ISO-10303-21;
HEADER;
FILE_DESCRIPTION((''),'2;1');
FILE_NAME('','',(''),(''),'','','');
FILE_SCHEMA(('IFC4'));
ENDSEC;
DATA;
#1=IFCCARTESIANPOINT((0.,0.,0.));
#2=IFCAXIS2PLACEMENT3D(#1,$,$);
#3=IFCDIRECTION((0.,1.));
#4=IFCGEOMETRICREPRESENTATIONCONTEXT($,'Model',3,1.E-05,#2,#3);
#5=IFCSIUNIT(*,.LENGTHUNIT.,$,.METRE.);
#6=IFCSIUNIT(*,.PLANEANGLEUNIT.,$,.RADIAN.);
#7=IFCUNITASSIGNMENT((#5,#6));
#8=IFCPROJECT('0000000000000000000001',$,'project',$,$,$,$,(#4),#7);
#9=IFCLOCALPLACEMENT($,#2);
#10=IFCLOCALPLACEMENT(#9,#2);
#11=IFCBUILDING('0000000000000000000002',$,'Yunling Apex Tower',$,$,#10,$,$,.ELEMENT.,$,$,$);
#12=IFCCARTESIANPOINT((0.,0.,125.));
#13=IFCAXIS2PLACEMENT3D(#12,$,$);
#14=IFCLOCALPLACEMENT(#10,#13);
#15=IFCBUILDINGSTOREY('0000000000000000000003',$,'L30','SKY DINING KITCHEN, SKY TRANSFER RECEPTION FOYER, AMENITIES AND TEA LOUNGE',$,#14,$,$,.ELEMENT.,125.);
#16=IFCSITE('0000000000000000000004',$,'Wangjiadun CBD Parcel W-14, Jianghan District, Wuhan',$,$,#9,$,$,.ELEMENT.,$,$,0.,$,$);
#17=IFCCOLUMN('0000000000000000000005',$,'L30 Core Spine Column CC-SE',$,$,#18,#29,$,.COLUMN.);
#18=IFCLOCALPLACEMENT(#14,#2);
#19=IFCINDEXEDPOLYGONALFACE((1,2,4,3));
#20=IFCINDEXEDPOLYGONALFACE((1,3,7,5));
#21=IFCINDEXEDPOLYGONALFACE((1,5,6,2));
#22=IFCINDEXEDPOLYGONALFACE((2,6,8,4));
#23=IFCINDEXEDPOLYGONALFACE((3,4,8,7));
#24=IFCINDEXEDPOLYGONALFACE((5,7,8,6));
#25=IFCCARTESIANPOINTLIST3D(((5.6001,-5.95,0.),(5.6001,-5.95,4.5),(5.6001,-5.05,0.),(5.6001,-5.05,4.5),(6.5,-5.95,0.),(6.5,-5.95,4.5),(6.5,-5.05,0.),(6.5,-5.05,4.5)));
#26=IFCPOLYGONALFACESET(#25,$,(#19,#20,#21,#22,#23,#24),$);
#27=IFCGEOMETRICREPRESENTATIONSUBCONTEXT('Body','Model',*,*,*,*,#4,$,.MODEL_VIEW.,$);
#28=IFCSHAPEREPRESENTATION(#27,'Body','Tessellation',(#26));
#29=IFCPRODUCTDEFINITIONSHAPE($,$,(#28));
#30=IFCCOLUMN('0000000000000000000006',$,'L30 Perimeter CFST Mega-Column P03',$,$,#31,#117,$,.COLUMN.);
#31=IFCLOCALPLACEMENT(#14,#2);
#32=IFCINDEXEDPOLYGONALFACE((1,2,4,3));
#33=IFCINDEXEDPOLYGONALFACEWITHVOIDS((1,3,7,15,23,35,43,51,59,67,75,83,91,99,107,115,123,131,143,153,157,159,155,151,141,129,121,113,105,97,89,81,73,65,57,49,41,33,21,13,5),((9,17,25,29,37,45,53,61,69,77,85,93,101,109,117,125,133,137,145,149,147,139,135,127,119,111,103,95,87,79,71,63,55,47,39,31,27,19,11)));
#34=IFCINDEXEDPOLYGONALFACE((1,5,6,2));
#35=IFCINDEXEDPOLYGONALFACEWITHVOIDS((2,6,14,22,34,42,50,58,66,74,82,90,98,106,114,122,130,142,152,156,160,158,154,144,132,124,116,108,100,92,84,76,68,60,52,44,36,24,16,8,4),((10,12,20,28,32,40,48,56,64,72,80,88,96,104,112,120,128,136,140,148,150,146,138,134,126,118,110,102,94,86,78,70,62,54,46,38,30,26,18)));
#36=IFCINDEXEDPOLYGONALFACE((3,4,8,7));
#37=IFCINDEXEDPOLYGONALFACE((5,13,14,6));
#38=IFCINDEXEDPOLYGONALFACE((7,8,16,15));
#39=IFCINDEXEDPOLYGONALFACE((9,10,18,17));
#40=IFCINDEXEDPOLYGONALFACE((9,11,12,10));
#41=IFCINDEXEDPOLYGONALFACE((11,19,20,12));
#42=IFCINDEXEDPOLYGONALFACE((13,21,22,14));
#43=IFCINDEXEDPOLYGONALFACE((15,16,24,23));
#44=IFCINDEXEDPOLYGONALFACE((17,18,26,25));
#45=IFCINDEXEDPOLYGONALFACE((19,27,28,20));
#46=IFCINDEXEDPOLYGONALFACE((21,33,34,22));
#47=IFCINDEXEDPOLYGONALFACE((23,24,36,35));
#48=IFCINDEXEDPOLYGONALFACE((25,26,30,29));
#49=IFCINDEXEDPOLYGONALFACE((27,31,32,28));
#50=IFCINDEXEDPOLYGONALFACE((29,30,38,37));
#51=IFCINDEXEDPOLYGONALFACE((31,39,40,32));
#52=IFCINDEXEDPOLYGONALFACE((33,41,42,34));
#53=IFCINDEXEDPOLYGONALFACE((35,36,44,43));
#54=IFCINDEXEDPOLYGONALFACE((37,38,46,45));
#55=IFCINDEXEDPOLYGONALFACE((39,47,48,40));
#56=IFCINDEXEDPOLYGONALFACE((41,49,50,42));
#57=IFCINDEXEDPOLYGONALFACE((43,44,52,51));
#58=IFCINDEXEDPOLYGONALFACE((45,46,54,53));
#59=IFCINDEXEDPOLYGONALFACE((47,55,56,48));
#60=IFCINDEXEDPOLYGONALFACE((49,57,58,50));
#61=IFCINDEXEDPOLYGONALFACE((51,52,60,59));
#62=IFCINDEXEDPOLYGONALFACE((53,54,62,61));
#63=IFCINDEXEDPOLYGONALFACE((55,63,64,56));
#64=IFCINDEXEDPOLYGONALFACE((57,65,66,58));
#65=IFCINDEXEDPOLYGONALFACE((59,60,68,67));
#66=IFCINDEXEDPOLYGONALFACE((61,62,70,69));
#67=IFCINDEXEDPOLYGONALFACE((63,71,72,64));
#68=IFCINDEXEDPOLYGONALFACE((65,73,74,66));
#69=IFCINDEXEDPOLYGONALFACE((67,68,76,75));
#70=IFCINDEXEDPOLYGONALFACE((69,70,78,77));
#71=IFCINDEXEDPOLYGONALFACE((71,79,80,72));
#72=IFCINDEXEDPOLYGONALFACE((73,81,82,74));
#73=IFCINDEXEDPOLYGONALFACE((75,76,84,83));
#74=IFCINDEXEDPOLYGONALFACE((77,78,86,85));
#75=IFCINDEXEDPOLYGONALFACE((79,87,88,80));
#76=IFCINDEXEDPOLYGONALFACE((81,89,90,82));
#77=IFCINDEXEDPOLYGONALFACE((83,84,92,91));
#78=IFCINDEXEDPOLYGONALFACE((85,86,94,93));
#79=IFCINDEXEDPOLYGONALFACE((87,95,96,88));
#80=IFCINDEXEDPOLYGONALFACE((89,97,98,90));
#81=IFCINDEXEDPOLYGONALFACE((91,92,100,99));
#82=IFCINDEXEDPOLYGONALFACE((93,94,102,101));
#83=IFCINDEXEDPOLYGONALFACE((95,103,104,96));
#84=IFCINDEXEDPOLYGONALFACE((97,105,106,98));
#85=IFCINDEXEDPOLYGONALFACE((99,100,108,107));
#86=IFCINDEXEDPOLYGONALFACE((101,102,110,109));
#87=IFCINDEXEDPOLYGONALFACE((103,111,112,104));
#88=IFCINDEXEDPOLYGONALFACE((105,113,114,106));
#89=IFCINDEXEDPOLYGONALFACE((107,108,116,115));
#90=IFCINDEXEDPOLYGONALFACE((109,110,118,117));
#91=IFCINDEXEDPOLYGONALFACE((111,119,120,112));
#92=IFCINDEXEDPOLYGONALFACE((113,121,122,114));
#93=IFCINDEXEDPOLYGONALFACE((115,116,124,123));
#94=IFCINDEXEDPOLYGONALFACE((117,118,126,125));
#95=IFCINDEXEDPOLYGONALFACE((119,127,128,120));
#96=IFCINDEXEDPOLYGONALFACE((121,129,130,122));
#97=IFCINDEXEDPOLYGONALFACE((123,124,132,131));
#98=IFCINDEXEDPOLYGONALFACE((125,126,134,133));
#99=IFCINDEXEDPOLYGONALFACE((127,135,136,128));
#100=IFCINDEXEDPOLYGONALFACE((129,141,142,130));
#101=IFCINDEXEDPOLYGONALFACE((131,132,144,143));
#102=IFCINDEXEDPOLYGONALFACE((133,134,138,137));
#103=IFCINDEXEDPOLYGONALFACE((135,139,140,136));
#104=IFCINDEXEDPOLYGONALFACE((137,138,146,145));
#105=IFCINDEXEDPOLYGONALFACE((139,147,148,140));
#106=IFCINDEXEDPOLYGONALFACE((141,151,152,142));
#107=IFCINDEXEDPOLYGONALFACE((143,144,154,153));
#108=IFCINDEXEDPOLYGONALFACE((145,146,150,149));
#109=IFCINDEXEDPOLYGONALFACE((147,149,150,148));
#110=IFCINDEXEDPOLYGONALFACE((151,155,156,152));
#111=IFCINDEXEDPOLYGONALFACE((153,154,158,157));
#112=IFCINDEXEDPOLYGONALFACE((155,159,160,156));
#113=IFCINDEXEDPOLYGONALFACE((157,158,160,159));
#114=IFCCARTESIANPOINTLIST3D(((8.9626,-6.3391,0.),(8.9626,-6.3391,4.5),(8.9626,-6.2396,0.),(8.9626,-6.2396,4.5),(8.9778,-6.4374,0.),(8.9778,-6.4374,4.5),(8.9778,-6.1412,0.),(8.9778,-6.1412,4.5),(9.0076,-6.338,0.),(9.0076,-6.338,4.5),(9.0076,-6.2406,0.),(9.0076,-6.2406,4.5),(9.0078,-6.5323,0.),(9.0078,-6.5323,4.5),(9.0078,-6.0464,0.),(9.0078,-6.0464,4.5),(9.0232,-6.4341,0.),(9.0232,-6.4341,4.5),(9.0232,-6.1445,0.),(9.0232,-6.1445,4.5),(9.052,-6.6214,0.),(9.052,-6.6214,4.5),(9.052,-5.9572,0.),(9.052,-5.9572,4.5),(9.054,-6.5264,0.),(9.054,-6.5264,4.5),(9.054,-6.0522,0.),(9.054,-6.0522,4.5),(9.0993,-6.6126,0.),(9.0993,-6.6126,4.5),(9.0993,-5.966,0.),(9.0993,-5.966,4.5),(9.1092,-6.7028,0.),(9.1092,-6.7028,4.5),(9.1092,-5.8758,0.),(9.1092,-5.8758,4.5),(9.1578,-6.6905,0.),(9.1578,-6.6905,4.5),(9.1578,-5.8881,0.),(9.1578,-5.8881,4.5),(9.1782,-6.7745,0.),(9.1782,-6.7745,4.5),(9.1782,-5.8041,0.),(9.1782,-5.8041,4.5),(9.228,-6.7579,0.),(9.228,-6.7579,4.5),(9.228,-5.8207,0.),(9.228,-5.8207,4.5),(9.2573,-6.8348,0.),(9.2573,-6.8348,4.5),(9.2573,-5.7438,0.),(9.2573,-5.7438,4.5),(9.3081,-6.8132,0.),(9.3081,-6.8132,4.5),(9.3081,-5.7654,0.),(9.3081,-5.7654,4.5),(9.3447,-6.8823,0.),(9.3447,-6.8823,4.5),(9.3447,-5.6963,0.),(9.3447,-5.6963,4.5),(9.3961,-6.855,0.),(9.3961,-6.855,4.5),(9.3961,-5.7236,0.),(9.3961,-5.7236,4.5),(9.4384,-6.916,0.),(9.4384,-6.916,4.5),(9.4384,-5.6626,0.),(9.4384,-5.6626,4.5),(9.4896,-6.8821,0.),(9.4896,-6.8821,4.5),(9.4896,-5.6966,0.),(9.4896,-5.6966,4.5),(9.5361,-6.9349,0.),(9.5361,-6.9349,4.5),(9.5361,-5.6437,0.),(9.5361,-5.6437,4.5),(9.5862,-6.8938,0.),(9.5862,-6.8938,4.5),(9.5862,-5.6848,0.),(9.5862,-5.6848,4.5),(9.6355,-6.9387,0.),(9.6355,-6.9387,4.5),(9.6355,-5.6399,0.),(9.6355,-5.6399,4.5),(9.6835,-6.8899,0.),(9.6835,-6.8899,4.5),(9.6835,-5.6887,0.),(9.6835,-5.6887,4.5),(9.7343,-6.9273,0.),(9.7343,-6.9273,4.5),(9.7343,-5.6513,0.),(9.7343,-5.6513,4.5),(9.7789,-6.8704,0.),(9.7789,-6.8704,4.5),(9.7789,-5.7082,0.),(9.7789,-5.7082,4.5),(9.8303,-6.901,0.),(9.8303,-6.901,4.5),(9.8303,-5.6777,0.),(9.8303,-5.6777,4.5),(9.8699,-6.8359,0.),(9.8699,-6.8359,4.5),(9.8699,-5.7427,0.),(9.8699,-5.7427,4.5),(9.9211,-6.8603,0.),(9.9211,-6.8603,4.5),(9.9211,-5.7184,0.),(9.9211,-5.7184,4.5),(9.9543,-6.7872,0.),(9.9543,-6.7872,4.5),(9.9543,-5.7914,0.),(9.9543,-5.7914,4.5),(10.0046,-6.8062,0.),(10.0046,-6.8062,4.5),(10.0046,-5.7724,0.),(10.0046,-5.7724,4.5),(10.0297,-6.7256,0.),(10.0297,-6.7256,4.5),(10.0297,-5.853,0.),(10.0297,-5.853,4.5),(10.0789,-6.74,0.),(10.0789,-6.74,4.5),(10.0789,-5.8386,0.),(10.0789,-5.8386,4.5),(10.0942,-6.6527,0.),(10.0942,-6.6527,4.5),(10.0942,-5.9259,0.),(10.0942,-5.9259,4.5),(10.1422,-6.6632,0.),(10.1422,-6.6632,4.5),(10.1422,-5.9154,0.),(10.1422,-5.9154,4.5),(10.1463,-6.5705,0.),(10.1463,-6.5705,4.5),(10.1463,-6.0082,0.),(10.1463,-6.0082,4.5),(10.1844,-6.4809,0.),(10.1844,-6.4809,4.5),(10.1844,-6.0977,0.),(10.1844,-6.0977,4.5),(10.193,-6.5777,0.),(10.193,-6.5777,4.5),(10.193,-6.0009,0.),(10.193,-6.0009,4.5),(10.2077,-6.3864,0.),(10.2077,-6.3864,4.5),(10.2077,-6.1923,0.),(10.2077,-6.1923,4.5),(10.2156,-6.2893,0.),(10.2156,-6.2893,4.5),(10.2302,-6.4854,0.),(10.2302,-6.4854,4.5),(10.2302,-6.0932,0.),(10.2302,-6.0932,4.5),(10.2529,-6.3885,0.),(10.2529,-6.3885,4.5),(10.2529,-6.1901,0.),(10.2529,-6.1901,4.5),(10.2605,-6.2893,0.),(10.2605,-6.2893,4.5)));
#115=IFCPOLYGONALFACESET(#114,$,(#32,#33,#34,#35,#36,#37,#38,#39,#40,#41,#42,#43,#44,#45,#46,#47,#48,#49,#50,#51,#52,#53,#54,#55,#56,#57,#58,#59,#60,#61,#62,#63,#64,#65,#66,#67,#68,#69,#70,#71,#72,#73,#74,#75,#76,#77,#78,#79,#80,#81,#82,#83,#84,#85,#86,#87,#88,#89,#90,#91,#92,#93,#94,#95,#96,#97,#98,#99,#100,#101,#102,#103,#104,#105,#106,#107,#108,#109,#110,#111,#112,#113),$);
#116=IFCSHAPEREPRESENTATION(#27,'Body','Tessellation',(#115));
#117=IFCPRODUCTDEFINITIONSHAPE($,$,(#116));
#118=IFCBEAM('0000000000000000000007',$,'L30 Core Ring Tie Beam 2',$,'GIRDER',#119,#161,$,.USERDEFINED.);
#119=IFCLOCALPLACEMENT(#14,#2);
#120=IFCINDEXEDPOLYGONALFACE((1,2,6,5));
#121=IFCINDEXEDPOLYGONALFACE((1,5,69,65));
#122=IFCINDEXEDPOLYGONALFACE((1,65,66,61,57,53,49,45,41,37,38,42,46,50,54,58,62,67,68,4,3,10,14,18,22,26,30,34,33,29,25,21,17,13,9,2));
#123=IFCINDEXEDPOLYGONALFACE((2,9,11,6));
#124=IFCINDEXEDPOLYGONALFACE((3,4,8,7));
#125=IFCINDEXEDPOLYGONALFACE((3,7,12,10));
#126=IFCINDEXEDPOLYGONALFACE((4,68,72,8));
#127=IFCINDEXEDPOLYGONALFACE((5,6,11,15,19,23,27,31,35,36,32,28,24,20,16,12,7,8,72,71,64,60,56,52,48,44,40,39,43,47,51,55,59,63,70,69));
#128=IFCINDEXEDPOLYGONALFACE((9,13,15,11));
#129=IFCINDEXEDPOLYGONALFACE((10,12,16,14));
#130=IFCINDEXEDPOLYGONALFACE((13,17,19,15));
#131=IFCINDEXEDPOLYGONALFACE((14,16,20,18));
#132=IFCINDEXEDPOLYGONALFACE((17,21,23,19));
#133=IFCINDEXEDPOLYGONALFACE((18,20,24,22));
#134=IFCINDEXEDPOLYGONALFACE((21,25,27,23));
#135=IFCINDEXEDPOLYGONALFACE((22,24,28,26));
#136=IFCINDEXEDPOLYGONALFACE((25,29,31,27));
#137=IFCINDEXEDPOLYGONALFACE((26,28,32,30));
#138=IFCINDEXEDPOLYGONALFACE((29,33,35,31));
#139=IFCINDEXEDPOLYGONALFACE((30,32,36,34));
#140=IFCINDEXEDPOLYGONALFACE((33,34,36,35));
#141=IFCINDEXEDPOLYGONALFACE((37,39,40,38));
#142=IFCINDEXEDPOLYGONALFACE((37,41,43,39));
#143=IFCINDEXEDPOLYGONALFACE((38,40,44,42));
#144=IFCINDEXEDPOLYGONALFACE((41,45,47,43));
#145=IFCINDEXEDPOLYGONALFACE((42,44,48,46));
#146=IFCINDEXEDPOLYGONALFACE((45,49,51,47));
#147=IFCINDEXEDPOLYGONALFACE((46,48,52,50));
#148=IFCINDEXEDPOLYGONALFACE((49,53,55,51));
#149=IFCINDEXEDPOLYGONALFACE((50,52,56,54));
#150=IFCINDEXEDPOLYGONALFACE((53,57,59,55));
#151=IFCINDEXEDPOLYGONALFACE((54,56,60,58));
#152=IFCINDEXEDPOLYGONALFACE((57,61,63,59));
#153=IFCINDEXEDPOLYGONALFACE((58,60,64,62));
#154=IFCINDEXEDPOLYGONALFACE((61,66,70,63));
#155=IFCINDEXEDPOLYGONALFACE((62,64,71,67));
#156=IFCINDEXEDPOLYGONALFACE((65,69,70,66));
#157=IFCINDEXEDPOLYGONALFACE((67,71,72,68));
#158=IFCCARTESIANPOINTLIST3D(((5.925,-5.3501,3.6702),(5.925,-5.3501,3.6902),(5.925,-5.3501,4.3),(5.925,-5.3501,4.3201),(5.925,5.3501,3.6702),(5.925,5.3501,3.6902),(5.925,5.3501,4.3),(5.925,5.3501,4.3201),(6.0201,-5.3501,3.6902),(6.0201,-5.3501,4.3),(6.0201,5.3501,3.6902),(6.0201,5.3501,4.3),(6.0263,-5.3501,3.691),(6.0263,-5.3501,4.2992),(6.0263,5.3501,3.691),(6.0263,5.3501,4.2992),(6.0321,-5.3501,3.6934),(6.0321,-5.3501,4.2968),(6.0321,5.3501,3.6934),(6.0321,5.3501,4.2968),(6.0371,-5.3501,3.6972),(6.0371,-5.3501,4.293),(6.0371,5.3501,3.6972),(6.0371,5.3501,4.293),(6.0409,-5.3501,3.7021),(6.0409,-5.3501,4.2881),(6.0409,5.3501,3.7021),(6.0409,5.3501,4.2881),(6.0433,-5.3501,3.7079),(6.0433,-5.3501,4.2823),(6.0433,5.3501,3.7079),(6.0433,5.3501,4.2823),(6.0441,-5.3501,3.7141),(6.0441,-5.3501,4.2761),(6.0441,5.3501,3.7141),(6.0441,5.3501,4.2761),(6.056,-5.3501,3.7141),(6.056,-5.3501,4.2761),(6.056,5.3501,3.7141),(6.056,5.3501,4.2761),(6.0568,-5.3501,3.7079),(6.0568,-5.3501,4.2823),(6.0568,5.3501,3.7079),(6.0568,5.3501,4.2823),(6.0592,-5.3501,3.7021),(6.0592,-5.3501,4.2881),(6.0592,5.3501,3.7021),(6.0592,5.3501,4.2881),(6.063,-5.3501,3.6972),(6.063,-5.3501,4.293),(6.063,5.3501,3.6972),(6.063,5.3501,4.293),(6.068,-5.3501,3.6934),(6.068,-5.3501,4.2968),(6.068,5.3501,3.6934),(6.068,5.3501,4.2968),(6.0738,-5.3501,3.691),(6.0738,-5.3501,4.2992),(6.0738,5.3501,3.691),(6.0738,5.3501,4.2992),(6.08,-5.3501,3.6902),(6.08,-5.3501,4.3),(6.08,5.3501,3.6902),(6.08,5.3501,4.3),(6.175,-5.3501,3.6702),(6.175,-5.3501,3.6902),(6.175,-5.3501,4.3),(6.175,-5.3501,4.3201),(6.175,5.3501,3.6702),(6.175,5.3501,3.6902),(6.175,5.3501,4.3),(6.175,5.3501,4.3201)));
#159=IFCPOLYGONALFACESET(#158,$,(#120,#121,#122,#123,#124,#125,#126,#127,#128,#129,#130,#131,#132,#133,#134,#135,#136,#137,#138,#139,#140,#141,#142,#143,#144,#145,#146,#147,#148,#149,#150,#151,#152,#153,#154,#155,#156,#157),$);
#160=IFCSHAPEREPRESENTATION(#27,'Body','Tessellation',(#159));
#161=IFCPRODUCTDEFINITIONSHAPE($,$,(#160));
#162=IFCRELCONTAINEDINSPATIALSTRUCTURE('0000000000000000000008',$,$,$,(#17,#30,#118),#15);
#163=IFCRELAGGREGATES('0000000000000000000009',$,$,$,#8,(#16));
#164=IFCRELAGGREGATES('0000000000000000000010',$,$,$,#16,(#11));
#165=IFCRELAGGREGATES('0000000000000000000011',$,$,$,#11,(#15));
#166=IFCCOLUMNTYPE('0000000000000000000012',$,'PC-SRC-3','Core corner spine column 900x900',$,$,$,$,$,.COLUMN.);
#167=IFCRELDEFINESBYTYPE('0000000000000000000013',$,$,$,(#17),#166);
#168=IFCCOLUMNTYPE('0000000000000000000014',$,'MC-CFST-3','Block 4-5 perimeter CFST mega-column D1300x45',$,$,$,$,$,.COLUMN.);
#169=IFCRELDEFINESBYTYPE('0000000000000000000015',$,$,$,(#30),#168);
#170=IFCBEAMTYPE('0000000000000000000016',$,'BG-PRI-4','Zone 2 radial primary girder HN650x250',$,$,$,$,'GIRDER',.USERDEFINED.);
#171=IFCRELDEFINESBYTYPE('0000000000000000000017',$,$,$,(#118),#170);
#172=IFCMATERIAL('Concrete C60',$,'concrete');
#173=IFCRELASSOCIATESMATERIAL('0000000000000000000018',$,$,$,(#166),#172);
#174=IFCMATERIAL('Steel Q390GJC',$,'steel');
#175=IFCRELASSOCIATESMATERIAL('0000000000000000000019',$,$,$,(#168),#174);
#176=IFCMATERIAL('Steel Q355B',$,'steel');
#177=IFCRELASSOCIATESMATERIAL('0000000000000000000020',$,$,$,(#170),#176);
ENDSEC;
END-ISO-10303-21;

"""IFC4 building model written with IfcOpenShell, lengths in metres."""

from ifc_helpers import new_model, si_unit, direction, frame, origin, origin_2d, place, context, subcontext, project, spatial, rectangle, hollow_circle, i_section, extrude, source, transform, mapped, material, material_profile, profile_set, type_object, element, save


model = new_model("IFC4")

# Units and contexts
model_context = context("Model", 3, precision=1e-05, world=origin(), true_north=direction((0.0, 1.0)))
body_context = subcontext(model_context, "Body", "Model", "MODEL_VIEW")
ifc_project = project(units=[si_unit("LENGTHUNIT", "METRE"), si_unit("PLANEANGLEUNIT", "RADIAN")], contexts=[model_context])

# Site, building, storey
site_placement = place(None, origin())
site = spatial("IfcSite", under=ifc_project, at=site_placement, Name="Wangjiadun CBD Parcel W-14, Jianghan District, Wuhan", CompositionType="ELEMENT", RefElevation=0.0)
building_placement = place(site_placement, origin())
building = spatial("IfcBuilding", under=site, at=building_placement, Name="Yunling Apex Tower", CompositionType="ELEMENT")
storey_placement = place(building_placement, frame((0.0, 0.0, 125.0)))
storey = spatial("IfcBuildingStorey", under=building, at=storey_placement, Name="L30", Description="SKY DINING KITCHEN, SKY TRANSFER RECEPTION FOYER, AMENITIES AND TEA LOUNGE", CompositionType="ELEMENT", Elevation=125.0)

# Columns
ifc_material_1 = material(Name="Concrete C60", Category="concrete")
ifc_material_profile_1 = material_profile(ifc_material_1, rectangle(XDim=0.8999, YDim=0.8999, at=origin_2d()))
ifc_profile_set_1 = profile_set([ifc_material_profile_1], Name="Concrete C60")
column_type_1 = type_object("IfcColumnType", Name="PC-SRC-3", Description="Core corner spine column 900x900", PredefinedType="COLUMN", material=ifc_profile_set_1)
shared_shape_1 = source(origin(), body_context, "Body", "SweptSolid", [
    extrude(rectangle(XDim=0.8999, YDim=0.8999, at=origin_2d()), origin(), (0.0, 0.0, 1.0), 4.5),
])
column_1_placement = place(storey_placement, frame((6.05, -5.5, 0.0), z_axis=(0.0, 0.0, 1.0), x_axis=(1.0, 0.0, 0.0)))
element("IfcColumn", 1, at=column_1_placement, inside=storey, type_object=column_type_1, Name="L30 Core Spine Column CC-SE", PredefinedType="COLUMN", context=body_context, shape_type="MappedRepresentation", body=[
    mapped(shared_shape_1, transform((0.0, 0.0, 0.0), scale=1.0)),
])
ifc_material_2 = material(Name="Steel Q390GJC", Category="steel")
ifc_material_profile_2 = material_profile(ifc_material_2, hollow_circle(Radius=0.6499, WallThickness=0.0449, at=origin_2d()))
ifc_profile_set_2 = profile_set([ifc_material_profile_2], Name="Steel Q390GJC")
column_type_2 = type_object("IfcColumnType", Name="MC-CFST-3", Description="Block 4-5 perimeter CFST mega-column D1300x45", PredefinedType="COLUMN", material=ifc_profile_set_2)
shared_shape_2 = source(origin(), body_context, "Body", "SweptSolid", [
    extrude(hollow_circle(Radius=0.6499, WallThickness=0.0449, at=origin_2d()), origin(), (0.0, 0.0, 1.0), 4.5),
])
column_2_placement = place(storey_placement, frame((9.6106, -6.2893, 0.0), z_axis=(0.0, 0.0, 1.0), x_axis=(1.0, 0.0, 0.0)))
element("IfcColumn", 2, at=column_2_placement, inside=storey, type_object=column_type_2, Name="L30 Perimeter CFST Mega-Column P03", PredefinedType="COLUMN", context=body_context, shape_type="MappedRepresentation", body=[
    mapped(shared_shape_2, transform((0.0, 0.0, 0.0), scale=1.0)),
])

# Beam
ifc_material_3 = material(Name="Steel Q355B", Category="steel")
ifc_material_profile_3 = material_profile(ifc_material_3, i_section(OverallWidth=0.25, OverallDepth=0.6499, WebThickness=0.012, FlangeThickness=0.02, FilletRadius=0.0239, at=origin_2d()))
ifc_profile_set_3 = profile_set([ifc_material_profile_3], Name="Steel Q355B")
beam_type_1 = type_object("IfcBeamType", Name="BG-PRI-4", Description="Zone 2 radial primary girder HN650x250", ElementType="GIRDER", PredefinedType="USERDEFINED", material=ifc_profile_set_3)
shared_shape_3 = source(origin(), body_context, "Body", "SweptSolid", [
    extrude(i_section(OverallWidth=0.25, OverallDepth=0.6499, WebThickness=0.012, FlangeThickness=0.02, FilletRadius=0.0239, at=origin_2d()), origin(), (0.0, 0.0, 1.0), 10.7002),
])
beam_1_placement = place(storey_placement, frame((6.05, -5.3501, 3.9951), z_axis=(0.0, 1.0, 0.0), x_axis=(-1.0, 0.0, 0.0)))
element("IfcBeam", 3, at=beam_1_placement, inside=storey, type_object=beam_type_1, Name="L30 Core Ring Tie Beam 2", ObjectType="GIRDER", PredefinedType="USERDEFINED", context=body_context, shape_type="MappedRepresentation", body=[
    mapped(shared_shape_3, transform((0.0, 0.0, 0.0), scale=1.0)),
])

save(model, "model.ifc")
